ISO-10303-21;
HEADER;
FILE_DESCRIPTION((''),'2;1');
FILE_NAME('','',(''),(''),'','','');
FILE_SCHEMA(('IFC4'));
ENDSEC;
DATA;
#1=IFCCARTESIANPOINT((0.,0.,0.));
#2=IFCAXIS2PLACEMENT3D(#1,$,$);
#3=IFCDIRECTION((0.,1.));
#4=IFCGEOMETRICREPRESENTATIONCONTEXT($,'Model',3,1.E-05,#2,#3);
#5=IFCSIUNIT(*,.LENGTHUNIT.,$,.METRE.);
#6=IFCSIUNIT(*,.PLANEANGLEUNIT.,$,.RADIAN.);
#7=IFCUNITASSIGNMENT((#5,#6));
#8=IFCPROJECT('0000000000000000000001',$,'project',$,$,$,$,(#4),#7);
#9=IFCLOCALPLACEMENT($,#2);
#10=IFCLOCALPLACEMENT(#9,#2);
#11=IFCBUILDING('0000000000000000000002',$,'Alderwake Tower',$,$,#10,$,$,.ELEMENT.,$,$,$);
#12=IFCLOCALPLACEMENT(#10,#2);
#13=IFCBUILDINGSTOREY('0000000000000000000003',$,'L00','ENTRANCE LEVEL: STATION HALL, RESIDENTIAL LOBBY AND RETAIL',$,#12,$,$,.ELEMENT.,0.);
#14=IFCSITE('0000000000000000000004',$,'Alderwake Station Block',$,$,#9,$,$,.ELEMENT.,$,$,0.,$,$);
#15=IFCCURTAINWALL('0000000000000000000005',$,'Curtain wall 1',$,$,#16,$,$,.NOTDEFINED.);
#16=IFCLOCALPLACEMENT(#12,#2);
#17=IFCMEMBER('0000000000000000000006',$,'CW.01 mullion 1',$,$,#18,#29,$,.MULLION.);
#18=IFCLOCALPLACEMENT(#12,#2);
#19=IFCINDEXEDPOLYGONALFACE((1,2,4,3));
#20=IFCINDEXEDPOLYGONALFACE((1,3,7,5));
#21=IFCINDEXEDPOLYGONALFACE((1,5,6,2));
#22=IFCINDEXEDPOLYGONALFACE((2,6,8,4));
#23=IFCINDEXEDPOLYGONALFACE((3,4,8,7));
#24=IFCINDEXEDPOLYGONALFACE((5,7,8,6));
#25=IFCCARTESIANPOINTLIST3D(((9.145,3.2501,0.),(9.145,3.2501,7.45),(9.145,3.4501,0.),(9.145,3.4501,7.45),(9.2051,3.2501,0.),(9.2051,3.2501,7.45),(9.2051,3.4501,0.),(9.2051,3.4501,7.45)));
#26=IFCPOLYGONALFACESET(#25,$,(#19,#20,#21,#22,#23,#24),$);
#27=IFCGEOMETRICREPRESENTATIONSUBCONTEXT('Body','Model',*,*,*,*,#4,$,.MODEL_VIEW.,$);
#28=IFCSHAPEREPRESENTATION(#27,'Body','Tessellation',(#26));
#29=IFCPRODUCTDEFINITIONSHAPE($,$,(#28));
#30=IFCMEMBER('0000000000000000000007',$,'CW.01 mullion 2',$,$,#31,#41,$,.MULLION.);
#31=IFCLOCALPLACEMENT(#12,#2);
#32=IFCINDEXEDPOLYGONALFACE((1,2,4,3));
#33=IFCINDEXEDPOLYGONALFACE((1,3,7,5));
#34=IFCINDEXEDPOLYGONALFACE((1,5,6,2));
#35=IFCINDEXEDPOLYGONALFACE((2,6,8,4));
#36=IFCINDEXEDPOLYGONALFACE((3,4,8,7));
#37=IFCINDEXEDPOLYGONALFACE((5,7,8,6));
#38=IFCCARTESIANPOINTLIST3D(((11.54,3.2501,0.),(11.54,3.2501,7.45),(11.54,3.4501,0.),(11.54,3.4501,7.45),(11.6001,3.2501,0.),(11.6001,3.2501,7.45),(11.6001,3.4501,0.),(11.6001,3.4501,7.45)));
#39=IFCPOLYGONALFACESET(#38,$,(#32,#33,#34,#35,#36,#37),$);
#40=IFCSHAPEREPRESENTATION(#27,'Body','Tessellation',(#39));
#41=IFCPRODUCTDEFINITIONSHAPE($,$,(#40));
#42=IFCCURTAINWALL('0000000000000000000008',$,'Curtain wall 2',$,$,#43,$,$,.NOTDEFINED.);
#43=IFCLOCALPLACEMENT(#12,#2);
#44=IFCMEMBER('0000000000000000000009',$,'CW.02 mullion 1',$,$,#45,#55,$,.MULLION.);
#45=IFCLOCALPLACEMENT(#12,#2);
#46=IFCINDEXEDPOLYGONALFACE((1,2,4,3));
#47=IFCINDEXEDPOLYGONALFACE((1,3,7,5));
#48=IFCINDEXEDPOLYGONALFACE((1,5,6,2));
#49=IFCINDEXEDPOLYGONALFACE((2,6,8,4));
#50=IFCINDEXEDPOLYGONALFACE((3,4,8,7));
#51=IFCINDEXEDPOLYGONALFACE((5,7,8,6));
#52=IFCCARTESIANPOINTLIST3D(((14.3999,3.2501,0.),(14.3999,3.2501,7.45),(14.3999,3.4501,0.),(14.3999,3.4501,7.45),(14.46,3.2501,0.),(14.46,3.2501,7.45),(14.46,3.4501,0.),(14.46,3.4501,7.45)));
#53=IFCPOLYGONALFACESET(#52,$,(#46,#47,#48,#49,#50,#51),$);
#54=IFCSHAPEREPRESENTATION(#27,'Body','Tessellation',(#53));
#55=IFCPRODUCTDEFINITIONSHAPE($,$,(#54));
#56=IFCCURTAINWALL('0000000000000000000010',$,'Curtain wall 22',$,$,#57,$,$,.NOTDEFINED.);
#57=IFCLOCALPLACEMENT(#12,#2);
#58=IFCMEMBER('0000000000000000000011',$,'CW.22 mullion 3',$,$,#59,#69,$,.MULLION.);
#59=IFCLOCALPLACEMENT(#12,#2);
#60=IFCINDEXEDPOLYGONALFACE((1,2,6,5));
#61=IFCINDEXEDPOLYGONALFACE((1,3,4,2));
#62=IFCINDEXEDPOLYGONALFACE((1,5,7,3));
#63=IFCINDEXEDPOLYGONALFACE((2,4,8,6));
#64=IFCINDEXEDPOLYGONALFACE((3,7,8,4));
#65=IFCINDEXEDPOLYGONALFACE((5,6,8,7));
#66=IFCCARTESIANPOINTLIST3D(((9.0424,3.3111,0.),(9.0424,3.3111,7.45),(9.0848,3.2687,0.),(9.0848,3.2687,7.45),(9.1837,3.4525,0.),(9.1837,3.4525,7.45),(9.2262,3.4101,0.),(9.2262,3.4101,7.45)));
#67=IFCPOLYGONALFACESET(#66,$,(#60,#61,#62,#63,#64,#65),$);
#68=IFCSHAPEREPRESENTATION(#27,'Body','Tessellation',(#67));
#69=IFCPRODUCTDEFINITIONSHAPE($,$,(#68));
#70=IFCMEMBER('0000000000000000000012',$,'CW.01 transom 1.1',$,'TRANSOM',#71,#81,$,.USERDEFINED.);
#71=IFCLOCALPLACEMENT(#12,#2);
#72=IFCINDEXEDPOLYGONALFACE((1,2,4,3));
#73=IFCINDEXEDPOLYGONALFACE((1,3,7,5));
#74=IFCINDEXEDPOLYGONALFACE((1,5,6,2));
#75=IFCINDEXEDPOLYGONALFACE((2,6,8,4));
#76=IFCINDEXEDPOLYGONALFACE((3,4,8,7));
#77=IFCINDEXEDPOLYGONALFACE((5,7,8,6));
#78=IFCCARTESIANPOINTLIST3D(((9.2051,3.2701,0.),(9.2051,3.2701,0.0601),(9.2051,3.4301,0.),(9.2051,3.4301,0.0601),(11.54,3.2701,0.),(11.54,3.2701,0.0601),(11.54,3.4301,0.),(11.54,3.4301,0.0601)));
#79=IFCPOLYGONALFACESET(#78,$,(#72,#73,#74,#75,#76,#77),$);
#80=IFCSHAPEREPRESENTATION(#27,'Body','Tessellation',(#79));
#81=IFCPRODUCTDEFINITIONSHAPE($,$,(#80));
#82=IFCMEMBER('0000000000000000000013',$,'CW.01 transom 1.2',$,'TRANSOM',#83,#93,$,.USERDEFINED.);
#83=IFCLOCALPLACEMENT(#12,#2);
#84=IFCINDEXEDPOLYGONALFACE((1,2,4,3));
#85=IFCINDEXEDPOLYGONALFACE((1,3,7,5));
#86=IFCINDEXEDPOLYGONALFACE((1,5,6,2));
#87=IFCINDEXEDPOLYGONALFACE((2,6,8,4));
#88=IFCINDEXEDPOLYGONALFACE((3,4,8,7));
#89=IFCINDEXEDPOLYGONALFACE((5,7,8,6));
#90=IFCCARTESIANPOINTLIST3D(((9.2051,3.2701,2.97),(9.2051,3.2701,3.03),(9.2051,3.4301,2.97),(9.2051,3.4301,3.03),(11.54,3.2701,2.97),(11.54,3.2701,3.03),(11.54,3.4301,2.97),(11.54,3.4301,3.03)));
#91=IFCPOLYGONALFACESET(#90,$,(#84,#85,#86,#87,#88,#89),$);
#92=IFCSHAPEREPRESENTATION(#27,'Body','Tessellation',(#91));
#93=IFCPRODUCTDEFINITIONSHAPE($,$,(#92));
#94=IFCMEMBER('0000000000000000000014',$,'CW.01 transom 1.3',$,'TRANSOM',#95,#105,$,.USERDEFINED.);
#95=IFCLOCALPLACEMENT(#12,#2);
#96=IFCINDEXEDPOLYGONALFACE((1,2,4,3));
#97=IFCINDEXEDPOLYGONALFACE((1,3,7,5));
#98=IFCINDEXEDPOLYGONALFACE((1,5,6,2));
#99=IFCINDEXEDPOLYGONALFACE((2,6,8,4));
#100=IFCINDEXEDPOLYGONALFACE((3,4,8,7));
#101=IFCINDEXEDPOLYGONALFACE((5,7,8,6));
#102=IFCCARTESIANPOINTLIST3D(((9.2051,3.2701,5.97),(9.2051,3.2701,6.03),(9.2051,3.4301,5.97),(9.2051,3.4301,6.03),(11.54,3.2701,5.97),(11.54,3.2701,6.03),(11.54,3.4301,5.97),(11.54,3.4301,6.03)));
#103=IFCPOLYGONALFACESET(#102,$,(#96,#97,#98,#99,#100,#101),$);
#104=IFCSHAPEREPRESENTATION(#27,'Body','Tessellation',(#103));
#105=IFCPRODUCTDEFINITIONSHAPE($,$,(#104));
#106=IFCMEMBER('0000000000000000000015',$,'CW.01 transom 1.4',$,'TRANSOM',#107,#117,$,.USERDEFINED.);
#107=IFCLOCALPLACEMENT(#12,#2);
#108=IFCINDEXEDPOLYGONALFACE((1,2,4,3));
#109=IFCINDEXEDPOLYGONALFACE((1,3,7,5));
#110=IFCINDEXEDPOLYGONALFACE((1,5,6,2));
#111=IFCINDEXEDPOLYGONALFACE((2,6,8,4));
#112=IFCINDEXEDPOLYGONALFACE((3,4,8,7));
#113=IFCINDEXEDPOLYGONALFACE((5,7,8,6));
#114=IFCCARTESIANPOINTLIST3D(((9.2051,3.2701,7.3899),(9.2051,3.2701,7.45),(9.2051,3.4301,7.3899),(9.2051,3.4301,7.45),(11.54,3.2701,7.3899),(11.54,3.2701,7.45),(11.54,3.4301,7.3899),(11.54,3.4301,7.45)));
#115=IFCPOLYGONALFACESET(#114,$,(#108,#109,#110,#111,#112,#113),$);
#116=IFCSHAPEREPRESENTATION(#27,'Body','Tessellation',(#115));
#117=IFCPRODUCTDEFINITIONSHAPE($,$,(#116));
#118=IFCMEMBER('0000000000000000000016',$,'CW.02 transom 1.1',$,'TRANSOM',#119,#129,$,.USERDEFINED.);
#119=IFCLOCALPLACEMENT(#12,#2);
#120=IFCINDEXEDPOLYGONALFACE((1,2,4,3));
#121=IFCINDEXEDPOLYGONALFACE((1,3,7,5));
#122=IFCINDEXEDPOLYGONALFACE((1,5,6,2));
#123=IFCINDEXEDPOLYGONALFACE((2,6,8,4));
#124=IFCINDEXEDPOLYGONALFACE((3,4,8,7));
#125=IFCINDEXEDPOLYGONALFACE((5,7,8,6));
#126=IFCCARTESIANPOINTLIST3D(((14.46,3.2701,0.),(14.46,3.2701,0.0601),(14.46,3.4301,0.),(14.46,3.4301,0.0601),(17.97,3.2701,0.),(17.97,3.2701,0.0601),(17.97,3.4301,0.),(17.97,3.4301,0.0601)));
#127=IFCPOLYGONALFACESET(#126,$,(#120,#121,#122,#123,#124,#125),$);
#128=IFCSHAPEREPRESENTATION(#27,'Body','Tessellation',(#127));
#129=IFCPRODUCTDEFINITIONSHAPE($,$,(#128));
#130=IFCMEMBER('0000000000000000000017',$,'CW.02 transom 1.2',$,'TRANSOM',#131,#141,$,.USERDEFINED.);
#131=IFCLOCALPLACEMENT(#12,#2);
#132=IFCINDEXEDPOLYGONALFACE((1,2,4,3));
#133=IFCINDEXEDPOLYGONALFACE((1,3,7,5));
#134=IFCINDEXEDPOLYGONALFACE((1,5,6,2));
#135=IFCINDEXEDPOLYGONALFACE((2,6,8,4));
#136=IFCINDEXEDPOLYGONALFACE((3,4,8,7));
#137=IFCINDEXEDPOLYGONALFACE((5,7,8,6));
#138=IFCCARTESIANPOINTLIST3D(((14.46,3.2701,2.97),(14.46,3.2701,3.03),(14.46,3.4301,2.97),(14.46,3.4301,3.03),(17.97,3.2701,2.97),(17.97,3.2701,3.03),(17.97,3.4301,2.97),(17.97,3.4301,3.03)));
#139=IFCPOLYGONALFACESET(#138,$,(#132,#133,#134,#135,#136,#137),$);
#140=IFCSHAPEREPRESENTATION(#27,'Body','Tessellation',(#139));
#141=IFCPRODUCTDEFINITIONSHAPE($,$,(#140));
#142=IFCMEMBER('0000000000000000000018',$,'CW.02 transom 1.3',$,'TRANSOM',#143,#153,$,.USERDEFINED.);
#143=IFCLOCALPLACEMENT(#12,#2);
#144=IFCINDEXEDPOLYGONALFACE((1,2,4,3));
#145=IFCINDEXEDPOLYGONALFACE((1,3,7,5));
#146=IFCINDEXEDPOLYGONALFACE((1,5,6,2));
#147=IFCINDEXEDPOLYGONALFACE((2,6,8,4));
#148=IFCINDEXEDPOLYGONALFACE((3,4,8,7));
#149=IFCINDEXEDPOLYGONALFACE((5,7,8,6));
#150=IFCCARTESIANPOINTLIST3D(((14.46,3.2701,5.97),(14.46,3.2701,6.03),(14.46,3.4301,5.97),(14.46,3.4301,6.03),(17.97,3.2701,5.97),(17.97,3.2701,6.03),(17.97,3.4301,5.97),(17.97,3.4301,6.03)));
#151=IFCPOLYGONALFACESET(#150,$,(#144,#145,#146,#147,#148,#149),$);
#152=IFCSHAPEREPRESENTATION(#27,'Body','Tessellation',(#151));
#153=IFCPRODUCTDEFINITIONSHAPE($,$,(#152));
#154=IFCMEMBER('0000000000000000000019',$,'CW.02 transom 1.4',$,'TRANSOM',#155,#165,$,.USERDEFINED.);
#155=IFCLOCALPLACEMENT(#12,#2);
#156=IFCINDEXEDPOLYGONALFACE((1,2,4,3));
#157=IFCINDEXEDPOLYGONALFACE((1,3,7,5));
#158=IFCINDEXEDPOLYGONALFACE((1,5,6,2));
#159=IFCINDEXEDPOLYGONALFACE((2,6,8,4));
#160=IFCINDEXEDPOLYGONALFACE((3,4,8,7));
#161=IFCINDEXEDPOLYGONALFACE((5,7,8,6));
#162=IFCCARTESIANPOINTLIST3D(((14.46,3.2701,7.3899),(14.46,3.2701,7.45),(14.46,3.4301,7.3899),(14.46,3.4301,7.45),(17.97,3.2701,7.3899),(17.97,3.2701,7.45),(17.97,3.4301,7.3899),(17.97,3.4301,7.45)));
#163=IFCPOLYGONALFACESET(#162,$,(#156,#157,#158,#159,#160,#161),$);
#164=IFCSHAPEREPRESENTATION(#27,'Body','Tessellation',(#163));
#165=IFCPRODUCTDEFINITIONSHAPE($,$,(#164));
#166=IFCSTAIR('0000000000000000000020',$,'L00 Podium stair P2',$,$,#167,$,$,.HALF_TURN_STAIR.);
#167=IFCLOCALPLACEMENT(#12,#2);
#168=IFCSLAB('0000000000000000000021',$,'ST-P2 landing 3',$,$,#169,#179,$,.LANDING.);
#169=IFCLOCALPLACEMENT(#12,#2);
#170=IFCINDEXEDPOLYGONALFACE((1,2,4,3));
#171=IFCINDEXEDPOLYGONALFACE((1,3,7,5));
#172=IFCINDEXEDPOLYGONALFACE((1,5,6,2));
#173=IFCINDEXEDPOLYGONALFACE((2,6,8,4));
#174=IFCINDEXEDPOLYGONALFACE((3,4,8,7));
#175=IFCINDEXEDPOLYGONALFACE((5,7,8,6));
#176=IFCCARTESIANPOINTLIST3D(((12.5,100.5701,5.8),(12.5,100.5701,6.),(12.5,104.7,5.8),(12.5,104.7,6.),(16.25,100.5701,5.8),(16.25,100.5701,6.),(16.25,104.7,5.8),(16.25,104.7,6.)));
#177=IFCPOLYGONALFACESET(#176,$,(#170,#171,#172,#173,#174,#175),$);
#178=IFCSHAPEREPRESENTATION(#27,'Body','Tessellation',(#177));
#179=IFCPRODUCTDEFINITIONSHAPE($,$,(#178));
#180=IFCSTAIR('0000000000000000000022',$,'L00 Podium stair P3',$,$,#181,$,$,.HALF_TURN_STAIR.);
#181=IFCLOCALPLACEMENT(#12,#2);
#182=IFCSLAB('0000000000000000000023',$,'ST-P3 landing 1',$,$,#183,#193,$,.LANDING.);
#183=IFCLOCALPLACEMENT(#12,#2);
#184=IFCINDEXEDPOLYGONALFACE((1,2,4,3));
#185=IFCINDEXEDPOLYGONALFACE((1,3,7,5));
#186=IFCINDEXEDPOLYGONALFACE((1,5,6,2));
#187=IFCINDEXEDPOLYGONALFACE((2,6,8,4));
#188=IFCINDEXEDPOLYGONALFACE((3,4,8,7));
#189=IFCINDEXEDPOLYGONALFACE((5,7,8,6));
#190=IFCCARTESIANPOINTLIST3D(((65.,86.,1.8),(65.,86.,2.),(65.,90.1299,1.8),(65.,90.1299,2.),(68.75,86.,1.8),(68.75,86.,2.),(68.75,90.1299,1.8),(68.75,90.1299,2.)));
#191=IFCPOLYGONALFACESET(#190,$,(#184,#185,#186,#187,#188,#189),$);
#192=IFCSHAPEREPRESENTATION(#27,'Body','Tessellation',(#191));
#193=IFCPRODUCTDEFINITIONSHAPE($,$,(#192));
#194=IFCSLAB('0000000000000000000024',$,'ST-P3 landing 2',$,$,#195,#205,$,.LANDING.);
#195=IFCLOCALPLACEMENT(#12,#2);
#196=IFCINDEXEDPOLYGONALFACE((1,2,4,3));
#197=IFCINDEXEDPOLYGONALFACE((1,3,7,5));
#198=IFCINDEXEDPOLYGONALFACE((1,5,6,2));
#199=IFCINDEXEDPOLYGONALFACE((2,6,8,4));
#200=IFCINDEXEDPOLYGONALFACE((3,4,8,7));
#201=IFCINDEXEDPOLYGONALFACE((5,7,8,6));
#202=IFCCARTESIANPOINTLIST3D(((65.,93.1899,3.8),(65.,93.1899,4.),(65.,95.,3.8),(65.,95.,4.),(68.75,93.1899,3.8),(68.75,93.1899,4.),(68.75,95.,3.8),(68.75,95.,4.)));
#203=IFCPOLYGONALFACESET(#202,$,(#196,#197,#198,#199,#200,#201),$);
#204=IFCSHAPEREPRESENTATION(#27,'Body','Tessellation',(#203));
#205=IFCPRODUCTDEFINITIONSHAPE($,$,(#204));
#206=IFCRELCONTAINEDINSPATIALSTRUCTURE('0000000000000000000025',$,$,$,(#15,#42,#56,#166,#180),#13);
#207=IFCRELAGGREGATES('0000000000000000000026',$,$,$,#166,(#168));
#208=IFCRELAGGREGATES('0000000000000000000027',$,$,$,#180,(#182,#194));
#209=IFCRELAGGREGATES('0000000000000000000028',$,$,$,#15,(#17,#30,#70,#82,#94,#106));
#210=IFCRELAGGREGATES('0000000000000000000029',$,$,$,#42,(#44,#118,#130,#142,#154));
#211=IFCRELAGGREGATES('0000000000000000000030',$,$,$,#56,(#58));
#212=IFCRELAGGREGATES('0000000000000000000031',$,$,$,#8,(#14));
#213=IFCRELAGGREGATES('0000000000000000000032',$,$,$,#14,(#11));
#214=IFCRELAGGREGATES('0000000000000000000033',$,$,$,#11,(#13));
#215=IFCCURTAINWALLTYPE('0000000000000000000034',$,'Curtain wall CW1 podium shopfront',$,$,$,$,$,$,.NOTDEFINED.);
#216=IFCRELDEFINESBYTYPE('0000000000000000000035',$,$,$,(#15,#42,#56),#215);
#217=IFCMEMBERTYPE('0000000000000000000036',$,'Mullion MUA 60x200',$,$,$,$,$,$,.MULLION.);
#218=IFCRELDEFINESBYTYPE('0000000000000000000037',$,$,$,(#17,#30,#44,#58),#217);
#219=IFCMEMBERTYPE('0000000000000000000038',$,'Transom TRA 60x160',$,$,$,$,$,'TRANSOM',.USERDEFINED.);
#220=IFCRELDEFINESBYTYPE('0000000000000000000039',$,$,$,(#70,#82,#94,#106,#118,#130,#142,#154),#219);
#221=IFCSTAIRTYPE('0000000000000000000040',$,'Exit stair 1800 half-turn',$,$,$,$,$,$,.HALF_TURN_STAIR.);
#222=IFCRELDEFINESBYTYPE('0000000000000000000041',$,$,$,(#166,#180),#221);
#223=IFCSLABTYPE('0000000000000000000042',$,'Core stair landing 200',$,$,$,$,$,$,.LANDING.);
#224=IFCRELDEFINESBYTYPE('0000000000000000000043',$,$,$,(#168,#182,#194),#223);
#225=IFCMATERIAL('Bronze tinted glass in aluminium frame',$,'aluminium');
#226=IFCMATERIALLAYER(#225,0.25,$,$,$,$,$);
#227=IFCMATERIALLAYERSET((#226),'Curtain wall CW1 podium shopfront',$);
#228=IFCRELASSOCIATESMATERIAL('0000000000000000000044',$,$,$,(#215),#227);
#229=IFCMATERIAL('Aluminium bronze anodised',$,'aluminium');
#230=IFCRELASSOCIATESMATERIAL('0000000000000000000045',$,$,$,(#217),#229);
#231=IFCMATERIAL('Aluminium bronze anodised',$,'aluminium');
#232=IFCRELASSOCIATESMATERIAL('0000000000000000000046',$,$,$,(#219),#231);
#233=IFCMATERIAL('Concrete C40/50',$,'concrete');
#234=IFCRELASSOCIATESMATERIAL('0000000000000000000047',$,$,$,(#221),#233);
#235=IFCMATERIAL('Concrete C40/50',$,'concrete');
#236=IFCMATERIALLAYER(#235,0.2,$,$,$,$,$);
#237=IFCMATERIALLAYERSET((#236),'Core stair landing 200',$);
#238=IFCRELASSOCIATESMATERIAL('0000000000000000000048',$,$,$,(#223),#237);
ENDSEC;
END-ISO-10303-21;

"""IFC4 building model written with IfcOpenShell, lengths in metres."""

from ifc_helpers import new_model, si_unit, direction, frame, origin, origin_2d, place, context, subcontext, project, spatial, polyline, rectangle, outline, extrude, material, layer, layer_set, material_profile, profile_set, type_object, element, aggregate, save


model = new_model("IFC4")

# Units and contexts
model_context = context("Model", 3, precision=1e-05, world=origin(), true_north=direction((0.0, 1.0)))
body_context = subcontext(model_context, "Body", "Model", "MODEL_VIEW")
ifc_project = project(units=[si_unit("LENGTHUNIT", "METRE"), si_unit("PLANEANGLEUNIT", "RADIAN")], contexts=[model_context])

# Site, building, storey
site_placement = place(None, origin())
site = spatial("IfcSite", under=ifc_project, at=site_placement, Name="Alderwake Station Block", CompositionType="ELEMENT", RefElevation=0.0)
building_placement = place(site_placement, origin())
building = spatial("IfcBuilding", under=site, at=building_placement, Name="Alderwake Tower", CompositionType="ELEMENT")
storey_placement = place(building_placement, origin())
storey = spatial("IfcBuildingStorey", under=building, at=storey_placement, Name="L00", Description="ENTRANCE LEVEL: STATION HALL, RESIDENTIAL LOBBY AND RETAIL", CompositionType="ELEMENT", Elevation=0.0)

# Curtain wall, members
ifc_material_1 = material(Name="Bronze tinted glass in aluminium frame", Category="aluminium")
ifc_layer_1 = layer(ifc_material_1, 0.25)
ifc_layer_set_1 = layer_set([ifc_layer_1], Name="Curtain wall CW1 podium shopfront")
curtain_wall_type = type_object("IfcCurtainWallType", Name="Curtain wall CW1 podium shopfront", PredefinedType="NOTDEFINED", material=ifc_layer_set_1)
curtain_wall_1_placement = place(storey_placement, origin())
curtain_wall_1 = element("IfcCurtainWall", 1, at=curtain_wall_1_placement, inside=storey, type_object=curtain_wall_type, Name="Curtain wall 1", PredefinedType="NOTDEFINED")
ifc_material_2 = material(Name="Aluminium bronze anodised", Category="aluminium")
ifc_material_profile_1 = material_profile(ifc_material_2, rectangle(XDim=0.2, YDim=0.0601, at=origin_2d()), Name="Mullion MUA 60x200")
ifc_profile_set_1 = profile_set([ifc_material_profile_1], Name="Aluminium bronze anodised")
member_type_1 = type_object("IfcMemberType", Name="Mullion MUA 60x200", PredefinedType="MULLION", material=ifc_profile_set_1)
member_1_placement = place(storey_placement, frame((9.175, 3.3501, 0.0), z_axis=(0.0, 0.0, 1.0), x_axis=(0.0, 1.0, 0.0)))
member_1 = element("IfcMember", 2, at=member_1_placement, type_object=member_type_1, Name="CW.01 mullion 1", PredefinedType="MULLION", context=body_context, shape_type="SweptSolid", body=[
    extrude(rectangle(XDim=0.2, YDim=0.0601, at=origin_2d()), origin(), (0.0, 0.0, 1.0), 7.45),
])
member_2_placement = place(storey_placement, frame((11.5701, 3.3501, 0.0), z_axis=(0.0, 0.0, 1.0), x_axis=(0.0, 1.0, 0.0)))
member_2 = element("IfcMember", 3, at=member_2_placement, type_object=member_type_1, Name="CW.01 mullion 2", PredefinedType="MULLION", context=body_context, shape_type="SweptSolid", body=[
    extrude(rectangle(XDim=0.2, YDim=0.0601, at=origin_2d()), origin(), (0.0, 0.0, 1.0), 7.45),
])

# Curtain walls, members
curtain_wall_2_placement = place(storey_placement, origin())
curtain_wall_2 = element("IfcCurtainWall", 4, at=curtain_wall_2_placement, inside=storey, type_object=curtain_wall_type, Name="Curtain wall 2", PredefinedType="NOTDEFINED")
member_3_placement = place(storey_placement, frame((14.4299, 3.3501, 0.0), z_axis=(0.0, 0.0, 1.0), x_axis=(0.0, 1.0, 0.0)))
member_3 = element("IfcMember", 5, at=member_3_placement, type_object=member_type_1, Name="CW.02 mullion 1", PredefinedType="MULLION", context=body_context, shape_type="SweptSolid", body=[
    extrude(rectangle(XDim=0.2, YDim=0.0601, at=origin_2d()), origin(), (0.0, 0.0, 1.0), 7.45),
])
curtain_wall_3_placement = place(storey_placement, origin())
curtain_wall_3 = element("IfcCurtainWall", 6, at=curtain_wall_3_placement, inside=storey, type_object=curtain_wall_type, Name="Curtain wall 22", PredefinedType="NOTDEFINED")
member_4_placement = place(storey_placement, frame((9.1343, 3.3606, 0.0), z_axis=(0.0, 0.0, 1.0), x_axis=(0.707107, 0.707107, 0.0)))
member_4 = element("IfcMember", 7, at=member_4_placement, type_object=member_type_1, Name="CW.22 mullion 3", PredefinedType="MULLION", context=body_context, shape_type="SweptSolid", body=[
    extrude(rectangle(XDim=0.2, YDim=0.0601, at=origin_2d()), origin(), (0.0, 0.0, 1.0), 7.45),
])

# Members
ifc_material_3 = material(Name="Aluminium bronze anodised", Category="aluminium")
ifc_material_profile_2 = material_profile(ifc_material_3, rectangle(XDim=0.1599, YDim=0.0601, at=origin_2d()), Name="Transom TRA 60x160")
ifc_profile_set_2 = profile_set([ifc_material_profile_2], Name="Aluminium bronze anodised")
member_type_2 = type_object("IfcMemberType", Name="Transom TRA 60x160", ElementType="TRANSOM", PredefinedType="USERDEFINED", material=ifc_profile_set_2)
member_5_placement = place(storey_placement, frame((9.2051, 3.3501, 0.03), z_axis=(1.0, 0.0, 0.0), x_axis=(0.0, 1.0, 0.0)))
member_5 = element("IfcMember", 8, at=member_5_placement, type_object=member_type_2, Name="CW.01 transom 1.1", ObjectType="TRANSOM", PredefinedType="USERDEFINED", context=body_context, shape_type="SweptSolid", body=[
    extrude(rectangle(XDim=0.1599, YDim=0.0601, at=origin_2d()), origin(), (0.0, 0.0, 1.0), 2.335),
])
member_6_placement = place(storey_placement, frame((9.2051, 3.3501, 3.0), z_axis=(1.0, 0.0, 0.0), x_axis=(0.0, 1.0, 0.0)))
member_6 = element("IfcMember", 9, at=member_6_placement, type_object=member_type_2, Name="CW.01 transom 1.2", ObjectType="TRANSOM", PredefinedType="USERDEFINED", context=body_context, shape_type="SweptSolid", body=[
    extrude(rectangle(XDim=0.1599, YDim=0.0601, at=origin_2d()), origin(), (0.0, 0.0, 1.0), 2.335),
])
member_7_placement = place(storey_placement, frame((9.2051, 3.3501, 6.0), z_axis=(1.0, 0.0, 0.0), x_axis=(0.0, 1.0, 0.0)))
member_7 = element("IfcMember", 10, at=member_7_placement, type_object=member_type_2, Name="CW.01 transom 1.3", ObjectType="TRANSOM", PredefinedType="USERDEFINED", context=body_context, shape_type="SweptSolid", body=[
    extrude(rectangle(XDim=0.1599, YDim=0.0601, at=origin_2d()), origin(), (0.0, 0.0, 1.0), 2.335),
])
member_8_placement = place(storey_placement, frame((9.2051, 3.3501, 7.4199), z_axis=(1.0, 0.0, 0.0), x_axis=(0.0, 1.0, 0.0)))
member_8 = element("IfcMember", 11, at=member_8_placement, type_object=member_type_2, Name="CW.01 transom 1.4", ObjectType="TRANSOM", PredefinedType="USERDEFINED", context=body_context, shape_type="SweptSolid", body=[
    extrude(rectangle(XDim=0.1599, YDim=0.0601, at=origin_2d()), origin(), (0.0, 0.0, 1.0), 2.335),
])
member_9_placement = place(storey_placement, frame((14.46, 3.3501, 0.03), z_axis=(1.0, 0.0, 0.0), x_axis=(0.0, 1.0, 0.0)))
member_9 = element("IfcMember", 12, at=member_9_placement, type_object=member_type_2, Name="CW.02 transom 1.1", ObjectType="TRANSOM", PredefinedType="USERDEFINED", context=body_context, shape_type="SweptSolid", body=[
    extrude(rectangle(XDim=0.1599, YDim=0.0601, at=origin_2d()), origin(), (0.0, 0.0, 1.0), 3.51),
])
member_10_placement = place(storey_placement, frame((14.46, 3.3501, 3.0), z_axis=(1.0, 0.0, 0.0), x_axis=(0.0, 1.0, 0.0)))
member_10 = element("IfcMember", 13, at=member_10_placement, type_object=member_type_2, Name="CW.02 transom 1.2", ObjectType="TRANSOM", PredefinedType="USERDEFINED", context=body_context, shape_type="SweptSolid", body=[
    extrude(rectangle(XDim=0.1599, YDim=0.0601, at=origin_2d()), origin(), (0.0, 0.0, 1.0), 3.51),
])
member_11_placement = place(storey_placement, frame((14.46, 3.3501, 6.0), z_axis=(1.0, 0.0, 0.0), x_axis=(0.0, 1.0, 0.0)))
member_11 = element("IfcMember", 14, at=member_11_placement, type_object=member_type_2, Name="CW.02 transom 1.3", ObjectType="TRANSOM", PredefinedType="USERDEFINED", context=body_context, shape_type="SweptSolid", body=[
    extrude(rectangle(XDim=0.1599, YDim=0.0601, at=origin_2d()), origin(), (0.0, 0.0, 1.0), 3.51),
])
member_12_placement = place(storey_placement, frame((14.46, 3.3501, 7.4199), z_axis=(1.0, 0.0, 0.0), x_axis=(0.0, 1.0, 0.0)))
member_12 = element("IfcMember", 15, at=member_12_placement, type_object=member_type_2, Name="CW.02 transom 1.4", ObjectType="TRANSOM", PredefinedType="USERDEFINED", context=body_context, shape_type="SweptSolid", body=[
    extrude(rectangle(XDim=0.1599, YDim=0.0601, at=origin_2d()), origin(), (0.0, 0.0, 1.0), 3.51),
])

# Stair, slab
ifc_material_4 = material(Name="Concrete C40/50", Category="concrete")
stair_type = type_object("IfcStairType", Name="Exit stair 1800 half-turn", PredefinedType="HALF_TURN_STAIR", material=ifc_material_4)
stair_1_placement = place(storey_placement, origin())
stair_1 = element("IfcStair", 16, at=stair_1_placement, inside=storey, type_object=stair_type, Name="L00 Podium stair P2", PredefinedType="HALF_TURN_STAIR")
ifc_material_5 = material(Name="Concrete C40/50", Category="concrete")
ifc_layer_2 = layer(ifc_material_5, 0.2)
ifc_layer_set_2 = layer_set([ifc_layer_2], Name="Core stair landing 200")
slab_type = type_object("IfcSlabType", Name="Core stair landing 200", PredefinedType="LANDING", material=ifc_layer_set_2)
slab_1_placement = place(storey_placement, frame((0.0, 0.0, 5.8)))
slab_1 = element("IfcSlab", 17, at=slab_1_placement, type_object=slab_type, Name="ST-P2 landing 3", PredefinedType="LANDING", context=body_context, shape_type="SweptSolid", body=[
    extrude(outline(polyline([(16.25, 100.5701), (16.25, 104.7), (12.5, 104.7), (12.5, 100.5701), (16.25, 100.5701)])), origin(), (0.0, 0.0, 1.0), 0.2),
])
aggregate(stair_1, [slab_1])

# Stair, slabs
stair_2_placement = place(storey_placement, origin())
stair_2 = element("IfcStair", 18, at=stair_2_placement, inside=storey, type_object=stair_type, Name="L00 Podium stair P3", PredefinedType="HALF_TURN_STAIR")
slab_2_placement = place(storey_placement, frame((0.0, 0.0, 1.8)))
slab_2 = element("IfcSlab", 19, at=slab_2_placement, type_object=slab_type, Name="ST-P3 landing 1", PredefinedType="LANDING", context=body_context, shape_type="SweptSolid", body=[
    extrude(outline(polyline([(65.0, 90.1299), (65.0, 86.0), (68.75, 86.0), (68.75, 90.1299), (65.0, 90.1299)])), origin(), (0.0, 0.0, 1.0), 0.2),
])
slab_3_placement = place(storey_placement, frame((0.0, 0.0, 3.8)))
slab_3 = element("IfcSlab", 20, at=slab_3_placement, type_object=slab_type, Name="ST-P3 landing 2", PredefinedType="LANDING", context=body_context, shape_type="SweptSolid", body=[
    extrude(outline(polyline([(65.0, 95.0), (65.0, 93.1899), (68.75, 93.1899), (68.75, 95.0), (65.0, 95.0)])), origin(), (0.0, 0.0, 1.0), 0.2),
])
aggregate(stair_2, [slab_2, slab_3])

aggregate(curtain_wall_1, [member_1, member_2, member_5, member_6, member_7, member_8])
aggregate(curtain_wall_2, [member_3, member_9, member_10, member_11, member_12])
aggregate(curtain_wall_3, [member_4])

save(model, "model.ifc")
